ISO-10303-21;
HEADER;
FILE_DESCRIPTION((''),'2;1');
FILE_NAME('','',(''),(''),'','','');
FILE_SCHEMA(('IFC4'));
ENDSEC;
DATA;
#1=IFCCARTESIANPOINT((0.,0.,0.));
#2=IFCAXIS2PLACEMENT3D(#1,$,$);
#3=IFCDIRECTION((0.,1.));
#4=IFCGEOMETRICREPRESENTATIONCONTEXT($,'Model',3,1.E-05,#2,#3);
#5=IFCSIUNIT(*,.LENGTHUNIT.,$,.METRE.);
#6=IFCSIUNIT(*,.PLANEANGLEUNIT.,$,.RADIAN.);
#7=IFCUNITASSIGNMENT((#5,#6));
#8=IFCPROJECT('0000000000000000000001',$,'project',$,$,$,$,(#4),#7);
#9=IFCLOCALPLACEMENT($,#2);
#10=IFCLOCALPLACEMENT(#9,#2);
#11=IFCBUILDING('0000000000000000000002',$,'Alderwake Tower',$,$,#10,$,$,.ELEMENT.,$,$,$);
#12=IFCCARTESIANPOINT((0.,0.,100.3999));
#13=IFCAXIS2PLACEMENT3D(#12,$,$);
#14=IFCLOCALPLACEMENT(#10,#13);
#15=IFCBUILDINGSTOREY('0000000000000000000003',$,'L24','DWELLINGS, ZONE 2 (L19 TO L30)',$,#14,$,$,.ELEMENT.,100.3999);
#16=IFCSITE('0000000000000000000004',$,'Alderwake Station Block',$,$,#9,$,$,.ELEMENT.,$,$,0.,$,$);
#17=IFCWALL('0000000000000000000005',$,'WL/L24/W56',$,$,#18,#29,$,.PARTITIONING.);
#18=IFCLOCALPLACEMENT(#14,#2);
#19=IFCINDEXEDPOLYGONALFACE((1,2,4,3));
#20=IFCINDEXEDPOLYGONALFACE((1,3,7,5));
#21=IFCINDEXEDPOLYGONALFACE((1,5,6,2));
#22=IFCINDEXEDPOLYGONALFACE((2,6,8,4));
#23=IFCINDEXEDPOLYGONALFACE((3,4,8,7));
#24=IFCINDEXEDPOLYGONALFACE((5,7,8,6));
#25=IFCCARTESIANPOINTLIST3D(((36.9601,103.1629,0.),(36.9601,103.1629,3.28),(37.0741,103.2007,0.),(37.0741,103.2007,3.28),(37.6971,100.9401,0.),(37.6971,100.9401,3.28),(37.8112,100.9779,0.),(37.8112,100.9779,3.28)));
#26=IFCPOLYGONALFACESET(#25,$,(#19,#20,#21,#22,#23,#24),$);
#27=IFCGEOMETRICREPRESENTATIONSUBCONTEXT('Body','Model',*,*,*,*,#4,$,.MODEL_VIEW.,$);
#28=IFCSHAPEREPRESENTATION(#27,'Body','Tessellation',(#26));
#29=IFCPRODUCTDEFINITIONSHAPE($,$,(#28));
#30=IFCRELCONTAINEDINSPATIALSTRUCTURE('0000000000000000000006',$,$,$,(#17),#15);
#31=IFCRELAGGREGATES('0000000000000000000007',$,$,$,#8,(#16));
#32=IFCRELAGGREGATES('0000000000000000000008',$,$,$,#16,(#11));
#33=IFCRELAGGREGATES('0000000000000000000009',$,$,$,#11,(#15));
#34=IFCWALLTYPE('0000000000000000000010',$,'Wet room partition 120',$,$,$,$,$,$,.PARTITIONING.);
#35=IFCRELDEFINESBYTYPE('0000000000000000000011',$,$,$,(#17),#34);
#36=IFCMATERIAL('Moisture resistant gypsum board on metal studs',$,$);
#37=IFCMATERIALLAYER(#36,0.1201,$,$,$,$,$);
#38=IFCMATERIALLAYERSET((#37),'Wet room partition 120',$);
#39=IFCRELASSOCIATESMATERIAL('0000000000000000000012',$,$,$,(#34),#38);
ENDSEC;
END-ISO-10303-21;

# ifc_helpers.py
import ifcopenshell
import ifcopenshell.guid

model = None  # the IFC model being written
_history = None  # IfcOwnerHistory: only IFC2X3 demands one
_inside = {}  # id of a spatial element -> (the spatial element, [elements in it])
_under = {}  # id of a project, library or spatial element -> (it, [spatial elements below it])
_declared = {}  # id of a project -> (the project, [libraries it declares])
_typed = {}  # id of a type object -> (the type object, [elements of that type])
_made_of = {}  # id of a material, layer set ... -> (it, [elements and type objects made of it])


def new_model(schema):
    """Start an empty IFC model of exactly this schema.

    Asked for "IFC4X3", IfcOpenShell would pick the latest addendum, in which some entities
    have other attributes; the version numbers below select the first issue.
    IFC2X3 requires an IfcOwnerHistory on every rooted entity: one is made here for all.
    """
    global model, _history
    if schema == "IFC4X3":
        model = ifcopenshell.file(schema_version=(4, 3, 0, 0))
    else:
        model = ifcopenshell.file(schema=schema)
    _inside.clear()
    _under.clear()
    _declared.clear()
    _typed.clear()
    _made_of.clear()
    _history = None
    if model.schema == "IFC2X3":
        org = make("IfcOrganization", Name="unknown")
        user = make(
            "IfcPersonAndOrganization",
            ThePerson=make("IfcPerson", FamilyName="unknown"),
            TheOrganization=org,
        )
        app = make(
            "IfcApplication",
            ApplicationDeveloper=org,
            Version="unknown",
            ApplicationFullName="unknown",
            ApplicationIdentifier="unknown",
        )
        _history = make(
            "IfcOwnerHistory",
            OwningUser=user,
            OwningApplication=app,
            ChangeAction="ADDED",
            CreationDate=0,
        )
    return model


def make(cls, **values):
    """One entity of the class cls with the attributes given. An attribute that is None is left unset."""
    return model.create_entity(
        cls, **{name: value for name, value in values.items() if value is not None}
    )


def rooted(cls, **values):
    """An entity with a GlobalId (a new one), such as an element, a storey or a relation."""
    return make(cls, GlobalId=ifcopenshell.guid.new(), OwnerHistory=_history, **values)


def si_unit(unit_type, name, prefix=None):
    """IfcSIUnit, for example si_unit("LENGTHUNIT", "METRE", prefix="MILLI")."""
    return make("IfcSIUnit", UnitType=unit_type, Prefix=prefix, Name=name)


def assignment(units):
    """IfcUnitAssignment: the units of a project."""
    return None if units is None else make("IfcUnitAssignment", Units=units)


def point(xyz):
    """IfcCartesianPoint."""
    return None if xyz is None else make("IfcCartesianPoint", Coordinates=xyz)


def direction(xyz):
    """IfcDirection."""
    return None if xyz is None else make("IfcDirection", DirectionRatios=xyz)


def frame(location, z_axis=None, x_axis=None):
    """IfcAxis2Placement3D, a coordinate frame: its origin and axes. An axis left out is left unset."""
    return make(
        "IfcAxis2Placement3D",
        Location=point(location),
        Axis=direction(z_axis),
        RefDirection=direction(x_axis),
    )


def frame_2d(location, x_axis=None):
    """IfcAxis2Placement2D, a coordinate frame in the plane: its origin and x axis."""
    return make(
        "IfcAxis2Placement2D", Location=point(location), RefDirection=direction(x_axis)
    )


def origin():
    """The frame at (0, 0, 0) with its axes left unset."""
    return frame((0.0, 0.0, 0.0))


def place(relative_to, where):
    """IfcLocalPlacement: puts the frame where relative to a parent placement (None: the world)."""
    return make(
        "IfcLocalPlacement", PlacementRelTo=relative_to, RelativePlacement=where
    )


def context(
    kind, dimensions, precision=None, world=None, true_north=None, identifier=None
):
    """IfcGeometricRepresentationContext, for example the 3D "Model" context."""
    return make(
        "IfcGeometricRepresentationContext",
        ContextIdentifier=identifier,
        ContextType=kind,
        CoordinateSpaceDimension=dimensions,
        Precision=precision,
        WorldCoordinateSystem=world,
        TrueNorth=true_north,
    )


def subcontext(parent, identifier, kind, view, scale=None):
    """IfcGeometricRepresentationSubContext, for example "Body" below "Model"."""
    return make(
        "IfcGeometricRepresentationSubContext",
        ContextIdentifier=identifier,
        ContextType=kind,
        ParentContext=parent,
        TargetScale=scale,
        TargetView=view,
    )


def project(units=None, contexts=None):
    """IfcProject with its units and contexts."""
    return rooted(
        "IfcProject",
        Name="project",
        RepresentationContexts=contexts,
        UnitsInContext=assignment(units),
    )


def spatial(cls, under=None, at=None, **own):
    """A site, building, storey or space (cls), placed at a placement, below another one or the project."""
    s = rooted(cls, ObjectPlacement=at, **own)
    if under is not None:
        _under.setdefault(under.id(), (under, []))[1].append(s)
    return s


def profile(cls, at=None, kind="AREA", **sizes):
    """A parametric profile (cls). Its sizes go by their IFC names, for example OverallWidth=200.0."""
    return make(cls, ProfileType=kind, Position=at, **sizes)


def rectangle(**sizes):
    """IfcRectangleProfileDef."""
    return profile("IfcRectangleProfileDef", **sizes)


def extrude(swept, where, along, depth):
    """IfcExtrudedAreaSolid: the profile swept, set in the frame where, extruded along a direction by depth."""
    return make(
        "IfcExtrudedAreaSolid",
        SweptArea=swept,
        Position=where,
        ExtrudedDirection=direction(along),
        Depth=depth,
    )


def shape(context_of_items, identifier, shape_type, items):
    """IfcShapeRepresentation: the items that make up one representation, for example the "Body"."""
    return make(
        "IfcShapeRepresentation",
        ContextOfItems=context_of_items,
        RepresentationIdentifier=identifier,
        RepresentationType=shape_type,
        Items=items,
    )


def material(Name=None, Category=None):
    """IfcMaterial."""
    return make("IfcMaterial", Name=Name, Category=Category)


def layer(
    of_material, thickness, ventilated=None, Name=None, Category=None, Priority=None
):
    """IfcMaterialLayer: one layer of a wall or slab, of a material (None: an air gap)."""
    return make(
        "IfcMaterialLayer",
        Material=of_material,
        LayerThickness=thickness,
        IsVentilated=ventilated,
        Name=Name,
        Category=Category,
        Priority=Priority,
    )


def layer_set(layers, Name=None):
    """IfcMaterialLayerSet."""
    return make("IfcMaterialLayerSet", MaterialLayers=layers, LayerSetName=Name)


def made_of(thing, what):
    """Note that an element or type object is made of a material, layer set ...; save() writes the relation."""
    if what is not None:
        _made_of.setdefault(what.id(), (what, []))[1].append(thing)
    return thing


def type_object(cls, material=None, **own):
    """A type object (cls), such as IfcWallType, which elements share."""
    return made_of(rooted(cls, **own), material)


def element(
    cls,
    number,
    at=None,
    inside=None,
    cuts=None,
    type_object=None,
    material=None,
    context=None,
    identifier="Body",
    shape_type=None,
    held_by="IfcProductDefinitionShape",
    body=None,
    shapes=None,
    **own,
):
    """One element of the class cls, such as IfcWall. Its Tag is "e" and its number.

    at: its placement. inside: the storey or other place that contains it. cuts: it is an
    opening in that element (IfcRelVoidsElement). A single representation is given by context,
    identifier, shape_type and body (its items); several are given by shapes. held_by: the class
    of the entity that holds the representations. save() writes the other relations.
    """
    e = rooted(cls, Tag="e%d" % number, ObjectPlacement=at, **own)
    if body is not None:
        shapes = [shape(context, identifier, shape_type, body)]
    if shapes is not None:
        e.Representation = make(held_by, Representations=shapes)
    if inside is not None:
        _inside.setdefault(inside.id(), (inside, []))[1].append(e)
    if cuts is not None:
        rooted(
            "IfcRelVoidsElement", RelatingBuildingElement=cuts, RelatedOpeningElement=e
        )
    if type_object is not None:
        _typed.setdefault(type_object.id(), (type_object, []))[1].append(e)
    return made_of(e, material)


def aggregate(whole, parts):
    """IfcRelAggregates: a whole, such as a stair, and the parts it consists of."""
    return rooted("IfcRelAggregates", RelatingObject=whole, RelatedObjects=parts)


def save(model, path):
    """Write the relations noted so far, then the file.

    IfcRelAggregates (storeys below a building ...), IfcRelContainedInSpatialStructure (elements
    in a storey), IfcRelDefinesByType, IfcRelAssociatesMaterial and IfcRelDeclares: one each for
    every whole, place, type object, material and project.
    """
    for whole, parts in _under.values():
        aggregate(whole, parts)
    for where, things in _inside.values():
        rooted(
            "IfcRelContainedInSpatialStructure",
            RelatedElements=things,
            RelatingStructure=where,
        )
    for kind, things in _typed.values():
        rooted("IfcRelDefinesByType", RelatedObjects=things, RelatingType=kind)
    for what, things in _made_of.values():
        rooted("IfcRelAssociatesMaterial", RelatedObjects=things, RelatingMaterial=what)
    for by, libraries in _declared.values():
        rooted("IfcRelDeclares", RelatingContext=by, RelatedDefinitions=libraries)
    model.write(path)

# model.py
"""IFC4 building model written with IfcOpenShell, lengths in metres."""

from ifc_helpers import new_model, si_unit, direction, frame, frame_2d, origin, place, context, subcontext, project, spatial, rectangle, extrude, material, layer, layer_set, type_object, element, save


model = new_model("IFC4")

# Units and contexts
model_context = context("Model", 3, precision=1e-05, world=origin(), true_north=direction((0.0, 1.0)))
body_context = subcontext(model_context, "Body", "Model", "MODEL_VIEW")
ifc_project = project(units=[si_unit("LENGTHUNIT", "METRE"), si_unit("PLANEANGLEUNIT", "RADIAN")], contexts=[model_context])

# Site, building, storey
site_placement = place(None, origin())
site = spatial("IfcSite", under=ifc_project, at=site_placement, Name="Alderwake Station Block", CompositionType="ELEMENT", RefElevation=0.0)
building_placement = place(site_placement, origin())
building = spatial("IfcBuilding", under=site, at=building_placement, Name="Alderwake Tower", CompositionType="ELEMENT")
storey_placement = place(building_placement, frame((0.0, 0.0, 100.3999)))
storey = spatial("IfcBuildingStorey", under=building, at=storey_placement, Name="L24", Description="DWELLINGS, ZONE 2 (L19 TO L30)", CompositionType="ELEMENT", Elevation=100.3999)

# Shared definitions
ifc_material_1 = material(Name="Moisture resistant gypsum board on metal studs")
ifc_layer_1 = layer(ifc_material_1, 0.1201)
ifc_layer_set_1 = layer_set([ifc_layer_1], Name="Wet room partition 120")
wall_type_1 = type_object("IfcWallType", Name="Wet room partition 120", PredefinedType="PARTITIONING", material=ifc_layer_set_1)

# Wall
wall_1_placement = place(storey_placement, frame((37.7542, 100.959, 0.0), z_axis=(0.0, 0.0, 1.0), x_axis=(-0.314726, 0.949183, 0.0)))
element("IfcWall", 1, at=wall_1_placement, inside=storey, type_object=wall_type_1, Name="WL/L24/W56", PredefinedType="PARTITIONING", context=body_context, shape_type="SweptSolid", body=[
    extrude(rectangle(XDim=2.3418, YDim=0.1201, at=frame_2d((1.1709, 0.0))), origin(), (0.0, 0.0, 1.0), 3.28),
])

save(model, "model.ifc")
